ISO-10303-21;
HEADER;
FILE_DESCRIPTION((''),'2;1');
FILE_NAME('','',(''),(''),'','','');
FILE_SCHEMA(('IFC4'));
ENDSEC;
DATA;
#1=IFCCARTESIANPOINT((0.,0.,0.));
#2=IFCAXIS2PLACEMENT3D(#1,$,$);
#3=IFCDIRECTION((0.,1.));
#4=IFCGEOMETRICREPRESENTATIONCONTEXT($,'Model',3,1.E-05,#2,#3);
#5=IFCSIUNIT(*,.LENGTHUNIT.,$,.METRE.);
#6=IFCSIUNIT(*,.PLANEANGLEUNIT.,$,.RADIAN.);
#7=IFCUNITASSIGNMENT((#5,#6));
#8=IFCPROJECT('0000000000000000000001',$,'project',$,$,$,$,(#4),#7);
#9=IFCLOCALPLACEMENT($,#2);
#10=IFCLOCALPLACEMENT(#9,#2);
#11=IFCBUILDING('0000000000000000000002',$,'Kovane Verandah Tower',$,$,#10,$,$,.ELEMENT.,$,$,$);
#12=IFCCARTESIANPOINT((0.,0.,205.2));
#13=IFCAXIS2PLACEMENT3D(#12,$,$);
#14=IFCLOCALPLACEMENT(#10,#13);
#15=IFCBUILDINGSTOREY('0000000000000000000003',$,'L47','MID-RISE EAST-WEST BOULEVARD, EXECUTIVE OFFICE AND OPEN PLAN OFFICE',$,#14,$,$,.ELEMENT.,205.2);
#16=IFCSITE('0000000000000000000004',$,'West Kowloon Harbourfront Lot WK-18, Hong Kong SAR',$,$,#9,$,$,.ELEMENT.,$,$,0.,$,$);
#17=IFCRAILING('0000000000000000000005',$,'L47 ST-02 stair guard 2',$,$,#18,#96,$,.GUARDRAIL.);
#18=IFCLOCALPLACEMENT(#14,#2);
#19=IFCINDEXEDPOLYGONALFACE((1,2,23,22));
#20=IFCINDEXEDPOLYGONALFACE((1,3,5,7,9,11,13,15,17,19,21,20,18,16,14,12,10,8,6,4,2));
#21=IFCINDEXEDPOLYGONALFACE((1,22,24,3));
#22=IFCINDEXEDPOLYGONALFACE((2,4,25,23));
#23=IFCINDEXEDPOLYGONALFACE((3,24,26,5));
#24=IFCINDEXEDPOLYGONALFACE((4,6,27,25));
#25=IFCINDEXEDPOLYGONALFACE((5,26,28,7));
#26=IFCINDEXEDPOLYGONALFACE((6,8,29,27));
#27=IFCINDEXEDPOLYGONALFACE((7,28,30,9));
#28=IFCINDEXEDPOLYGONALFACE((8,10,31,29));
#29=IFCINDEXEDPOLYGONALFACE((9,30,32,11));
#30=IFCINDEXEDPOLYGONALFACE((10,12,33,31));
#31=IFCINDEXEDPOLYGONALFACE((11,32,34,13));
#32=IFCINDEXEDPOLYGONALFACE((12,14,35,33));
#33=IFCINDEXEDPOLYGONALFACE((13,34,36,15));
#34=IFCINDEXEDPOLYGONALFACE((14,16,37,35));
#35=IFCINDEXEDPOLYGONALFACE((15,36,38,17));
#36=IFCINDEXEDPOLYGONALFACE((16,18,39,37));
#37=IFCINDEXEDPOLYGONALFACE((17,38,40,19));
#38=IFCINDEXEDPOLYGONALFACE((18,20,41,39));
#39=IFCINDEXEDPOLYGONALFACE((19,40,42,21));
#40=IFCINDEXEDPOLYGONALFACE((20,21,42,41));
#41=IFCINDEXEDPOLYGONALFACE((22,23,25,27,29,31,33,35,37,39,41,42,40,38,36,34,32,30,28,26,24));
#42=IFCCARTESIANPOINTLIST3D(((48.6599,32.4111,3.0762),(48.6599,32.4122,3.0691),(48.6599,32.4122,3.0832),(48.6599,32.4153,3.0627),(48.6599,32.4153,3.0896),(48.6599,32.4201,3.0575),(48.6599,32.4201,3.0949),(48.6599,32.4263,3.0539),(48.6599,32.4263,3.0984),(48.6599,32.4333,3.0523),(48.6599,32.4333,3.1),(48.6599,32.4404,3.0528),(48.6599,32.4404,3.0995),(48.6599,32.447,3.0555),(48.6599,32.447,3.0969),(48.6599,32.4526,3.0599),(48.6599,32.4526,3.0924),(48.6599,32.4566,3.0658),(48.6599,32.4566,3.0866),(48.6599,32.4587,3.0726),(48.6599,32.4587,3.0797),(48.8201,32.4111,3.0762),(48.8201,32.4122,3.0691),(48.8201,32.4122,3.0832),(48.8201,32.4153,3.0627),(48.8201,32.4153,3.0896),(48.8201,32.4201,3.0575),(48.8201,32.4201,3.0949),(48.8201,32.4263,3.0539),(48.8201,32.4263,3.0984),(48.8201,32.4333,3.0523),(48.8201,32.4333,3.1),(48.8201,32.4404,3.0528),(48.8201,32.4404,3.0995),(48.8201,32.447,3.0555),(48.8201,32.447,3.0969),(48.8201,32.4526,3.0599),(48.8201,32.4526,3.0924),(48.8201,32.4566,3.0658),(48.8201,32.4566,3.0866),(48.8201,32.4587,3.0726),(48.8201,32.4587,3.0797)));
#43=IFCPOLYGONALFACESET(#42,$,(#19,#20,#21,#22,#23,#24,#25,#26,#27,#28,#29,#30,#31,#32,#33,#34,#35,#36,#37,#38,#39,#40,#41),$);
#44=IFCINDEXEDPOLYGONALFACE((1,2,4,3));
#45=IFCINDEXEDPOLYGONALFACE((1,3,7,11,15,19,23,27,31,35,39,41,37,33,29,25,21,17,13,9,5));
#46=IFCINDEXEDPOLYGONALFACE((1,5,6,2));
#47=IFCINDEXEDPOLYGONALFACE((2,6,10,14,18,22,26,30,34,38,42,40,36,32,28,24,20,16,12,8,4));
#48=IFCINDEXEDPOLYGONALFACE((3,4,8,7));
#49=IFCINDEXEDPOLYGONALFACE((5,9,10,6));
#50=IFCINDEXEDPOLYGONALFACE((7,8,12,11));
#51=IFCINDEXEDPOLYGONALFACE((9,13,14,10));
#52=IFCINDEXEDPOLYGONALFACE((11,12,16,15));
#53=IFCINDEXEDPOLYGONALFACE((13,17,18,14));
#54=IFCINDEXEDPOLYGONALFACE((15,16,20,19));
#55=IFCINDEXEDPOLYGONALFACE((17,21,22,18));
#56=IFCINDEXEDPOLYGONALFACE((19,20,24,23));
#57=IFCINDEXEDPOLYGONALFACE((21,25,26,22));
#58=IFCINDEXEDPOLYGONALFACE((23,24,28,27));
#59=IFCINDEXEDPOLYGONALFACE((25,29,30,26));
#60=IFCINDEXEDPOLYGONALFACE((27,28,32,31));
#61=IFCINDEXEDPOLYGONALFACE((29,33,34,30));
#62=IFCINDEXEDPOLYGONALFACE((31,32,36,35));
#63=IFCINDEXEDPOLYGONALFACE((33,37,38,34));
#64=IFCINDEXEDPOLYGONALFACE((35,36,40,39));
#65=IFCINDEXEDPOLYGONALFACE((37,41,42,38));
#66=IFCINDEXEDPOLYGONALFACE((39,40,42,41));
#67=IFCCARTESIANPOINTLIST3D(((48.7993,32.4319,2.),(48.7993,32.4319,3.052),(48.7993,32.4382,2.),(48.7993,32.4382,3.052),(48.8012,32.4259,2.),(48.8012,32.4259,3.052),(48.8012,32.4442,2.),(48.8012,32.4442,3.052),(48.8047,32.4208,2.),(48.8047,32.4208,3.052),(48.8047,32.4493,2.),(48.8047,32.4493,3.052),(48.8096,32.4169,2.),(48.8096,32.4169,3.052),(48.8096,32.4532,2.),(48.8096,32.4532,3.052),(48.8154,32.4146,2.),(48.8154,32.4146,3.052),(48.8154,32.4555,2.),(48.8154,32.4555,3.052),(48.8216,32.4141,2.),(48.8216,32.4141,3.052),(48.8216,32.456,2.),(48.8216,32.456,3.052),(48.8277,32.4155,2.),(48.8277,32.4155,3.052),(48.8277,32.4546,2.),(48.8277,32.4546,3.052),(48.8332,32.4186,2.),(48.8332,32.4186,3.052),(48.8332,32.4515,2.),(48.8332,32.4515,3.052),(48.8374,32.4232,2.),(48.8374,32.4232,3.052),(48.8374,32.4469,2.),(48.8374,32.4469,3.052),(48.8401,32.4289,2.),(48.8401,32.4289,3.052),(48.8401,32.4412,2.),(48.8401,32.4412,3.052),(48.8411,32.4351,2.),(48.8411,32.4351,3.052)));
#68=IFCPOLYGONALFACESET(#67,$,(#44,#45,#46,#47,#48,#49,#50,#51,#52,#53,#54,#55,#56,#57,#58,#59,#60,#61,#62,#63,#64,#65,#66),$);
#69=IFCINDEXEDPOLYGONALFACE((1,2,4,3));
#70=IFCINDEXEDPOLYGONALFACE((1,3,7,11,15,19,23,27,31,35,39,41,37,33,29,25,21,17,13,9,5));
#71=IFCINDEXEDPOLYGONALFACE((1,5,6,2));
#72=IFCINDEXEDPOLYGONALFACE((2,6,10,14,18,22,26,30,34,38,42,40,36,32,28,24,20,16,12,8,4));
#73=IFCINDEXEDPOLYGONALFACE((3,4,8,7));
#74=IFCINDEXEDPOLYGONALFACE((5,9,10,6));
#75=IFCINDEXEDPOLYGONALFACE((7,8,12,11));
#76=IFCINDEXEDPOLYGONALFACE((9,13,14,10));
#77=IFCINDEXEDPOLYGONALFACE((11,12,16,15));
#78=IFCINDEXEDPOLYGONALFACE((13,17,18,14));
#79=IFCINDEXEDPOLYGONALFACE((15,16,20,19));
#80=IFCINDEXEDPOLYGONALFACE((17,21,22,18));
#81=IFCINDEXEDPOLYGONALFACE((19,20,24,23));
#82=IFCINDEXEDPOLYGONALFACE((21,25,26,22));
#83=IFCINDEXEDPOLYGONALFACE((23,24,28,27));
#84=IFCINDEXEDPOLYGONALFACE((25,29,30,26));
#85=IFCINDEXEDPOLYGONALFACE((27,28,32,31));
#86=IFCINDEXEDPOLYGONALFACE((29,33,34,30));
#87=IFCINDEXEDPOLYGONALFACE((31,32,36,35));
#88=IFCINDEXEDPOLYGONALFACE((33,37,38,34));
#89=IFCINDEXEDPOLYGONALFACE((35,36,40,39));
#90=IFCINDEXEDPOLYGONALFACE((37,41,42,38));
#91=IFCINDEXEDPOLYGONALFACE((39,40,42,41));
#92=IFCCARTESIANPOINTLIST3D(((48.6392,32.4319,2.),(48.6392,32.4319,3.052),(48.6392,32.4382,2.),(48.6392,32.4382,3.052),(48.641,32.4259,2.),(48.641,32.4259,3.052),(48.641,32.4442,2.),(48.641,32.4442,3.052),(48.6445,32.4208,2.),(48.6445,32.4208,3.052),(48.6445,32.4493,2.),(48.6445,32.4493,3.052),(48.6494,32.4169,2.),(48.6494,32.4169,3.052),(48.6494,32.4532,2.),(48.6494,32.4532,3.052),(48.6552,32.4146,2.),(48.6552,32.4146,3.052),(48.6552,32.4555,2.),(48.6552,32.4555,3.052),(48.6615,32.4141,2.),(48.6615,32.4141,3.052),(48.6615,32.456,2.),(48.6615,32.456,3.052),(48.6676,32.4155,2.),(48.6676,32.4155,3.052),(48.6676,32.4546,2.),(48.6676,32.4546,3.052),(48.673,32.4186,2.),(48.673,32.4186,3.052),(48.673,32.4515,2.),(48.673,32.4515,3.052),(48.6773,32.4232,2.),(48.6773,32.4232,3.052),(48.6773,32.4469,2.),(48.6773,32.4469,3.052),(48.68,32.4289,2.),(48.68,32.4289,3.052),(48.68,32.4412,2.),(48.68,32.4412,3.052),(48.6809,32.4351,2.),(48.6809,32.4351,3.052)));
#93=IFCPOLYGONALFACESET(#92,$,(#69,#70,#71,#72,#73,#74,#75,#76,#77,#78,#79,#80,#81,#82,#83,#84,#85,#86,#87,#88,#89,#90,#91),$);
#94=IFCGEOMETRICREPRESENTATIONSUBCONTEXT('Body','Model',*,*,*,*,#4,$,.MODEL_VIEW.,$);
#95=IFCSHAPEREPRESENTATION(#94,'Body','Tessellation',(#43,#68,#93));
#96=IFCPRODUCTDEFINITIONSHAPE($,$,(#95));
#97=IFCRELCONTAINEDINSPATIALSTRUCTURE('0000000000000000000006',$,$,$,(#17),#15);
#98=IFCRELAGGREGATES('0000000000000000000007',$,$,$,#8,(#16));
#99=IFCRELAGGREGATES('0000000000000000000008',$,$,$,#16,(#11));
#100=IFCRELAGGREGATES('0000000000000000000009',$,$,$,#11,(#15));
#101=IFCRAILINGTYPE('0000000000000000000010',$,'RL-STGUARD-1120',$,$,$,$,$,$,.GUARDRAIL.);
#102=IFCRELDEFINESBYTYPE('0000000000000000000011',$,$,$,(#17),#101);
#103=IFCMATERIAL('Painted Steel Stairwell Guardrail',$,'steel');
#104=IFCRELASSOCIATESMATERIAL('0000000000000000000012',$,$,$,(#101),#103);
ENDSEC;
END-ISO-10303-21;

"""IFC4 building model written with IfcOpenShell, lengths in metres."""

from ifc_helpers import new_model, si_unit, direction, frame, origin, origin_2d, place, context, subcontext, project, spatial, circle, extrude, material, type_object, element, save


model = new_model("IFC4")

# Units and contexts
model_context = context("Model", 3, precision=1e-05, world=origin(), true_north=direction((0.0, 1.0)))
body_context = subcontext(model_context, "Body", "Model", "MODEL_VIEW")
ifc_project = project(units=[si_unit("LENGTHUNIT", "METRE"), si_unit("PLANEANGLEUNIT", "RADIAN")], contexts=[model_context])

# Site, building, storey
site_placement = place(None, origin())
site = spatial("IfcSite", under=ifc_project, at=site_placement, Name="West Kowloon Harbourfront Lot WK-18, Hong Kong SAR", CompositionType="ELEMENT", RefElevation=0.0)
building_placement = place(site_placement, origin())
building = spatial("IfcBuilding", under=site, at=building_placement, Name="Kovane Verandah Tower", CompositionType="ELEMENT")
storey_placement = place(building_placement, frame((0.0, 0.0, 205.2)))
storey = spatial("IfcBuildingStorey", under=building, at=storey_placement, Name="L47", Description="MID-RISE EAST-WEST BOULEVARD, EXECUTIVE OFFICE AND OPEN PLAN OFFICE", CompositionType="ELEMENT", Elevation=205.2)

# Railing
ifc_material_1 = material(Name="Painted Steel Stairwell Guardrail", Category="steel")
railing_type_1 = type_object("IfcRailingType", Name="RL-STGUARD-1120", PredefinedType="GUARDRAIL", material=ifc_material_1)
railing_1_placement = place(storey_placement, frame((48.8201, 32.4351, 2.0)))
element("IfcRailing", 1, at=railing_1_placement, inside=storey, type_object=railing_type_1, Name="L47 ST-02 stair guard 2", PredefinedType="GUARDRAIL", context=body_context, shape_type="SweptSolid", body=[
    extrude(circle(Radius=0.0239, at=origin_2d()), frame((0.0, 0.0, 1.0762), z_axis=(-1.0, 0.0, 0.0), x_axis=(0.0, -1.0, 0.0)), (0.0, 0.0, 1.0), 0.1602),
    extrude(circle(Radius=0.021, at=origin_2d()), origin(), (0.0, 0.0, 1.0), 1.052),
    extrude(circle(Radius=0.021, at=origin_2d()), frame((-0.1602, 0.0, 0.0)), (0.0, 0.0, 1.0), 1.052),
])

save(model, "model.ifc")
